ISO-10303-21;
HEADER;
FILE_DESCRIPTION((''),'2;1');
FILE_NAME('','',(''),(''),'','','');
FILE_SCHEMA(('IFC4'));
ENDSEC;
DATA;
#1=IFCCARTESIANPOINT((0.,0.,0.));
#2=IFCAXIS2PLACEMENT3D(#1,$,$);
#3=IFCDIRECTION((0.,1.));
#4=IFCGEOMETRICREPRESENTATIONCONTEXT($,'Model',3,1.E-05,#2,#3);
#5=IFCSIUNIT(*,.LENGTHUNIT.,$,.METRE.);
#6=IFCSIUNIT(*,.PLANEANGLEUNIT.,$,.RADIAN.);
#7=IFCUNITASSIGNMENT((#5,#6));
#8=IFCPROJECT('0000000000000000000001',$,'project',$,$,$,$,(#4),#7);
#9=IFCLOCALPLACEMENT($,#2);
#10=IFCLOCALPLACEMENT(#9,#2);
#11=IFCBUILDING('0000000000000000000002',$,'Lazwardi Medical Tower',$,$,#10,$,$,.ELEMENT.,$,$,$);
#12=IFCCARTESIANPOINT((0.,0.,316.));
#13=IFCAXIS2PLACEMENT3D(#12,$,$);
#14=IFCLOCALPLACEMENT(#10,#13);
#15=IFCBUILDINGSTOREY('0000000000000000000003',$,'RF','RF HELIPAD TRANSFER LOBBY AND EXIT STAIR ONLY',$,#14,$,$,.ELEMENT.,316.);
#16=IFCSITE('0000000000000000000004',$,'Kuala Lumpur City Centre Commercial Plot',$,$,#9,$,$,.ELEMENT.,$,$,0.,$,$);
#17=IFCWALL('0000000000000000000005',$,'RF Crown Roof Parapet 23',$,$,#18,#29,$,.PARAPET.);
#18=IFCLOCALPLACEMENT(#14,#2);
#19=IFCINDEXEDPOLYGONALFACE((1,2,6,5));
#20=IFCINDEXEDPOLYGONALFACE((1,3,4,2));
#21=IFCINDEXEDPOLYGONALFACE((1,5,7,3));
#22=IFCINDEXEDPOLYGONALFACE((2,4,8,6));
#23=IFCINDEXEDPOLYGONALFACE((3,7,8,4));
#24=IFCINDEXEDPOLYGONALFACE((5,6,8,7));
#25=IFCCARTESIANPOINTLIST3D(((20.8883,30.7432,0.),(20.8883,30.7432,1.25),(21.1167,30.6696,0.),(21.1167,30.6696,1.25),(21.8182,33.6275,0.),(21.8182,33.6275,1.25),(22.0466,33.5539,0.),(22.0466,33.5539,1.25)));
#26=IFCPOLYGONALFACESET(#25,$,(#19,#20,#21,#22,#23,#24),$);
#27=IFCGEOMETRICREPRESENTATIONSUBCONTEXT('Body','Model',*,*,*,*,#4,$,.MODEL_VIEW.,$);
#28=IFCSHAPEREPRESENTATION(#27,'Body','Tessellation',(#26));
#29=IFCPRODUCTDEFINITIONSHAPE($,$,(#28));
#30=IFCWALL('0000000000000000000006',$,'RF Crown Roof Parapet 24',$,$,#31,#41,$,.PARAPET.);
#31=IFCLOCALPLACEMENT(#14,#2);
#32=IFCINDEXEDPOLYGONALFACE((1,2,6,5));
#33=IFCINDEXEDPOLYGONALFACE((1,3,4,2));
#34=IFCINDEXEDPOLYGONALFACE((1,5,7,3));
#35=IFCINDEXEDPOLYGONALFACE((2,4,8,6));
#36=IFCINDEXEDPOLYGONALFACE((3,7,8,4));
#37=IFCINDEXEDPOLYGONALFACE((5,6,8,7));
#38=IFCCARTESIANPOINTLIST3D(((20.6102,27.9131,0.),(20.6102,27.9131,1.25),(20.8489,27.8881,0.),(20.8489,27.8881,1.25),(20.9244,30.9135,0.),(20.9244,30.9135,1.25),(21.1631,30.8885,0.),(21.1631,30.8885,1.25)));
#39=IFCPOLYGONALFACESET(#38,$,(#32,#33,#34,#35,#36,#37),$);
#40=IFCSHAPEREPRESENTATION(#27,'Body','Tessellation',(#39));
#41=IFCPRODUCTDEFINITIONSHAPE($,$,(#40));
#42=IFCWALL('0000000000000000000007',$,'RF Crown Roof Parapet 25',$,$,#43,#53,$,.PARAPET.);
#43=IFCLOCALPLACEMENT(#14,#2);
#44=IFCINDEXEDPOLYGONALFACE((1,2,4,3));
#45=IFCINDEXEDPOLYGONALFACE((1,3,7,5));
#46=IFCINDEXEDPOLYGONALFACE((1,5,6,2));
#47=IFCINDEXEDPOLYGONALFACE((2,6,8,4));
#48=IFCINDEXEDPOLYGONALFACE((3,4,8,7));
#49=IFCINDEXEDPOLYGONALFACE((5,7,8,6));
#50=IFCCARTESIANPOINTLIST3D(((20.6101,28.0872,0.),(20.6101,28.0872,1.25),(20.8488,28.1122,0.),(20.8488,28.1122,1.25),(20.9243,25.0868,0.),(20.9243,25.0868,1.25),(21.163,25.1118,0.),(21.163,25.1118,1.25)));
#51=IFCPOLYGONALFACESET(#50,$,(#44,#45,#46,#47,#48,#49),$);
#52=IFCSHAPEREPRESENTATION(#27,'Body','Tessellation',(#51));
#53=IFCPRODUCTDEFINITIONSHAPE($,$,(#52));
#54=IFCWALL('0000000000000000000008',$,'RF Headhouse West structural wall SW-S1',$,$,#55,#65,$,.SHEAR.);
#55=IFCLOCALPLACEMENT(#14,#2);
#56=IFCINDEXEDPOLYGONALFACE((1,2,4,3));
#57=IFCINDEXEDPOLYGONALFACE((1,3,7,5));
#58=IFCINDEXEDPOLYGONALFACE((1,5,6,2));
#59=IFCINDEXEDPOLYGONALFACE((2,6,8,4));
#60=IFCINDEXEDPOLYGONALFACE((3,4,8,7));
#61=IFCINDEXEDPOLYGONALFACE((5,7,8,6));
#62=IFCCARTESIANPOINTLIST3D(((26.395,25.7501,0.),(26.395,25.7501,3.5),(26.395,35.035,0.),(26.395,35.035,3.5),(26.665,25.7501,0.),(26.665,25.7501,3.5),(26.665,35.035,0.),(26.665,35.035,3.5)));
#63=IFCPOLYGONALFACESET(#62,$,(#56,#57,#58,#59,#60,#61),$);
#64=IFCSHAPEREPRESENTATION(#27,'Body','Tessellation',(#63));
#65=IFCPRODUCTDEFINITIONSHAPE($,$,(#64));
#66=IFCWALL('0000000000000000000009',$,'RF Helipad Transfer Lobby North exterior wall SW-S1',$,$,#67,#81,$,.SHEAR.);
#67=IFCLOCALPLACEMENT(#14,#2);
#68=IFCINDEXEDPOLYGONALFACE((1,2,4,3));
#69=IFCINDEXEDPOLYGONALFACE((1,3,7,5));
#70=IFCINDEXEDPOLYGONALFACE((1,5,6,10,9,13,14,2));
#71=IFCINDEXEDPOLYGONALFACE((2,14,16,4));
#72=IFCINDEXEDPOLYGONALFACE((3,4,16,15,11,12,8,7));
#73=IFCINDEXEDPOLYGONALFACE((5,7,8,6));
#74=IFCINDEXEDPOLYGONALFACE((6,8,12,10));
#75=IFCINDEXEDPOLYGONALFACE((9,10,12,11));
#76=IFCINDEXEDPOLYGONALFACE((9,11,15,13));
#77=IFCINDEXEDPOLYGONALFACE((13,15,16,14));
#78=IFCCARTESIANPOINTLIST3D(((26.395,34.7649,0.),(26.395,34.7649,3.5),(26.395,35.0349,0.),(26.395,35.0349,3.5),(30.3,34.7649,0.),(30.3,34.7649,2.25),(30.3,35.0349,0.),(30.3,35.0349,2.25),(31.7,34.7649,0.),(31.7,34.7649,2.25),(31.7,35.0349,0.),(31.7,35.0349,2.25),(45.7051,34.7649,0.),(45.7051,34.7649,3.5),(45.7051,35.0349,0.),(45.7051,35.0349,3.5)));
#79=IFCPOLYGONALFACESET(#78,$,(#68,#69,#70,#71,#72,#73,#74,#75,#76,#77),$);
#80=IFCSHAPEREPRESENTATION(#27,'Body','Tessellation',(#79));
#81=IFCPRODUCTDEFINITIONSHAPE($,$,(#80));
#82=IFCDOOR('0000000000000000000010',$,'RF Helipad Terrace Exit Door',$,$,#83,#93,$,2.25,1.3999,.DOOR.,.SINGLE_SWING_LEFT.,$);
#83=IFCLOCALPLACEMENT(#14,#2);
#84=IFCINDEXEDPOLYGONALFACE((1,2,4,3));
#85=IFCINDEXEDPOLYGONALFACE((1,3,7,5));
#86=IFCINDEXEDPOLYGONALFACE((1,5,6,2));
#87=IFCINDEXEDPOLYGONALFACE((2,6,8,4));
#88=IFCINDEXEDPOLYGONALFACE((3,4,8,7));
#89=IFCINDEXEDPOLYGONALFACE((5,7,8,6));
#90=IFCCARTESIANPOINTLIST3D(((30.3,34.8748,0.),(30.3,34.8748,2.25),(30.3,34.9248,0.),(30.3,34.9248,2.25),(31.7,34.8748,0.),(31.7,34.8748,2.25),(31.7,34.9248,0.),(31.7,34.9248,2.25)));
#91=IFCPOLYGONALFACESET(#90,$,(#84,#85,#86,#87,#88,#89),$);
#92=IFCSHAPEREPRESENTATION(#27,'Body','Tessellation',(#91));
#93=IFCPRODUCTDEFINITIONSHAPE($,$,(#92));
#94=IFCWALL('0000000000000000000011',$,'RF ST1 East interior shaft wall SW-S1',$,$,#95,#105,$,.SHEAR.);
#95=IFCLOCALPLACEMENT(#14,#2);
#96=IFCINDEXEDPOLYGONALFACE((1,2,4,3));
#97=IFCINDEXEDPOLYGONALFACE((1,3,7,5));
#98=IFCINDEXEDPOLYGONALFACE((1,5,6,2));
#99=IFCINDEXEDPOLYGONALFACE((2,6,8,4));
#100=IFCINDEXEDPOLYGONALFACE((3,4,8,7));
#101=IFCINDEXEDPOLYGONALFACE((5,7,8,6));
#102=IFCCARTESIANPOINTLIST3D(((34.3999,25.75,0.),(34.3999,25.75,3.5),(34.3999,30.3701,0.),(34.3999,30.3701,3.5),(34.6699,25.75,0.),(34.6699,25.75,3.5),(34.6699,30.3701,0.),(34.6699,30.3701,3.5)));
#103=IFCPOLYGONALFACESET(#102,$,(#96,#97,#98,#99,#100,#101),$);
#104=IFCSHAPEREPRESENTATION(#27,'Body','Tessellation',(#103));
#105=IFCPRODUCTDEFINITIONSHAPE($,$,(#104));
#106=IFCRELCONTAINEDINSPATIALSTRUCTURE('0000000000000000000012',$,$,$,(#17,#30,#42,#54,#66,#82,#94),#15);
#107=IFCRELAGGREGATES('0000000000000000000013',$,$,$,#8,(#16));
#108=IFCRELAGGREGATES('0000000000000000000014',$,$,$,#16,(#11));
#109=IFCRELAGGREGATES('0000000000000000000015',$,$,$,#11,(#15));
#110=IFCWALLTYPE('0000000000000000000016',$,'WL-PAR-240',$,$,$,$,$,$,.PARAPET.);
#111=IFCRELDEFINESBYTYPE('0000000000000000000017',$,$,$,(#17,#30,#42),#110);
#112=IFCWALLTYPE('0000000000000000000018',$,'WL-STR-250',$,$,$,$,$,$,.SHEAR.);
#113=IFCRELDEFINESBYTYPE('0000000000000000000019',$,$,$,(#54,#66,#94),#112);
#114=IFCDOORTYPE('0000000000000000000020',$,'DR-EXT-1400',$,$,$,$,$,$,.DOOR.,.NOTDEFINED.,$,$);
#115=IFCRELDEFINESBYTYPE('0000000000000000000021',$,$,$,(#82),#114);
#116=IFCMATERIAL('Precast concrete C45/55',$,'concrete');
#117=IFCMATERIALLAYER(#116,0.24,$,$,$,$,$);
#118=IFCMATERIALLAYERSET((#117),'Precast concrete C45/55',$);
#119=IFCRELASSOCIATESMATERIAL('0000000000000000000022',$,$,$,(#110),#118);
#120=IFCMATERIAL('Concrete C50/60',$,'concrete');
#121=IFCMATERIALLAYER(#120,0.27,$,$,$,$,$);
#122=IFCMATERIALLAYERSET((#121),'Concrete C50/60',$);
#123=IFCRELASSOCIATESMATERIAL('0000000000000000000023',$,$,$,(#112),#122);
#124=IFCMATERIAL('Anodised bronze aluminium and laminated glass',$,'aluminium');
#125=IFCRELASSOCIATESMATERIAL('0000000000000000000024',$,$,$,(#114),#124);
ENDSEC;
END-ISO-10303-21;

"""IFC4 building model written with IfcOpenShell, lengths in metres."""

from ifc_helpers import new_model, si_unit, direction, frame, frame_2d, origin, place, context, subcontext, project, spatial, rectangle, extrude, material, layer, layer_set, type_object, element, fill, save


model = new_model("IFC4")

# Units and contexts
model_context = context("Model", 3, precision=1e-05, world=origin(), true_north=direction((0.0, 1.0)))
body_context = subcontext(model_context, "Body", "Model", "MODEL_VIEW")
ifc_project = project(units=[si_unit("LENGTHUNIT", "METRE"), si_unit("PLANEANGLEUNIT", "RADIAN")], contexts=[model_context])

# Site, building, storey
site_placement = place(None, origin())
site = spatial("IfcSite", under=ifc_project, at=site_placement, Name="Kuala Lumpur City Centre Commercial Plot", CompositionType="ELEMENT", RefElevation=0.0)
building_placement = place(site_placement, origin())
building = spatial("IfcBuilding", under=site, at=building_placement, Name="Lazwardi Medical Tower", CompositionType="ELEMENT")
storey_placement = place(building_placement, frame((0.0, 0.0, 316.0)))
storey = spatial("IfcBuildingStorey", under=building, at=storey_placement, Name="RF", Description="RF HELIPAD TRANSFER LOBBY AND EXIT STAIR ONLY", CompositionType="ELEMENT", Elevation=316.0)

# Walls
ifc_material_1 = material(Name="Precast concrete C45/55", Category="concrete")
ifc_layer_1 = layer(ifc_material_1, 0.24)
ifc_layer_set_1 = layer_set([ifc_layer_1], Name="Precast concrete C45/55")
wall_type_1 = type_object("IfcWallType", Name="WL-PAR-240", PredefinedType="PARAPET", material=ifc_layer_set_1)
wall_1_placement = place(storey_placement, frame((21.9324, 33.5906, 0.0), z_axis=(0.0, 0.0, 1.0), x_axis=(-0.306859, -0.951755, 0.0)))
element("IfcWall", 1, at=wall_1_placement, inside=storey, type_object=wall_type_1, Name="RF Crown Roof Parapet 23", PredefinedType="PARAPET", context=body_context, shape_type="SweptSolid", body=[
    extrude(rectangle(XDim=3.0305, YDim=0.24, at=frame_2d((1.5151, 0.0))), origin(), (0.0, 0.0, 1.0), 1.25),
])
for number, where, z_axis, x_axis, name in (
    (2, (21.0437, 30.9009, 0.0), (0.0, 0.0, 1.0), (-0.10415, -0.994562, 0.0), "RF Crown Roof Parapet 24"),
    (3, (20.7295, 28.0996, 0.0), (0.0, 0.0, 1.0), (0.10415, -0.994562, 0.0), "RF Crown Roof Parapet 25"),
):
    element("IfcWall", number, at=place(storey_placement, frame(where, z_axis=z_axis, x_axis=x_axis)), inside=storey, type_object=wall_type_1, Name=name, PredefinedType="PARAPET", context=body_context, shape_type="SweptSolid", body=[
        extrude(rectangle(XDim=3.0168, YDim=0.24, at=frame_2d((1.5083, 0.0))), origin(), (0.0, 0.0, 1.0), 1.25),
    ])
ifc_material_2 = material(Name="Concrete C50/60", Category="concrete")
ifc_layer_2 = layer(ifc_material_2, 0.27)
ifc_layer_set_2 = layer_set([ifc_layer_2], Name="Concrete C50/60")
wall_type_2 = type_object("IfcWallType", Name="WL-STR-250", PredefinedType="SHEAR", material=ifc_layer_set_2)
wall_2_placement = place(storey_placement, frame((26.53, 25.75, 0.0), z_axis=(0.0, 0.0, 1.0), x_axis=(0.0, 1.0, 0.0)))
element("IfcWall", 4, at=wall_2_placement, inside=storey, type_object=wall_type_2, Name="RF Headhouse West structural wall SW-S1", PredefinedType="SHEAR", context=body_context, shape_type="SweptSolid", body=[
    extrude(rectangle(XDim=9.2849, YDim=0.27, at=frame_2d((4.6426, 0.0))), origin(), (0.0, 0.0, 1.0), 3.5),
])

# Wall, opening, door
wall_3_placement = place(storey_placement, frame((26.395, 34.8999, 0.0), z_axis=(0.0, 0.0, 1.0), x_axis=(1.0, 0.0, 0.0)))
wall_3 = element("IfcWall", 5, at=wall_3_placement, inside=storey, type_object=wall_type_2, Name="RF Helipad Transfer Lobby North exterior wall SW-S1", PredefinedType="SHEAR", context=body_context, shape_type="SweptSolid", body=[
    extrude(rectangle(XDim=19.3101, YDim=0.27, at=frame_2d((9.655, 0.0))), origin(), (0.0, 0.0, 1.0), 3.5),
])
opening_1_placement = place(wall_3_placement, frame((3.905, 0.0, 0.0)))
opening_1 = element("IfcOpeningElement", 6, at=opening_1_placement, cuts=wall_3, PredefinedType="OPENING", context=body_context, shape_type="SweptSolid", body=[
    extrude(rectangle(XDim=1.3999, YDim=2.25, at=frame_2d((0.7, 1.125))), frame((0.0, 0.145, 0.0), z_axis=(0.0, -1.0, 0.0), x_axis=(1.0, 0.0, 0.0)), (0.0, 0.0, 1.0), 0.29),
])
ifc_material_3 = material(Name="Anodised bronze aluminium and laminated glass", Category="aluminium")
door_type_1 = type_object("IfcDoorType", Name="DR-EXT-1400", OperationType="NOTDEFINED", PredefinedType="DOOR", material=ifc_material_3)
door_1_placement = place(opening_1_placement, origin())
door_1 = element("IfcDoor", 7, at=door_1_placement, inside=storey, type_object=door_type_1, Name="RF Helipad Terrace Exit Door", OperationType="SINGLE_SWING_LEFT", OverallHeight=2.25, OverallWidth=1.3999, PredefinedType="DOOR", context=body_context, shape_type="SweptSolid", body=[
    extrude(rectangle(XDim=1.3999, YDim=2.25, at=frame_2d((0.7, 1.125))), frame((0.0, 0.0249, 0.0), z_axis=(0.0, -1.0, 0.0), x_axis=(1.0, 0.0, 0.0)), (0.0, 0.0, 1.0), 0.05),
])
fill(opening_1, door_1)

# Wall
wall_4_placement = place(storey_placement, frame((34.5349, 30.3701, 0.0), z_axis=(0.0, 0.0, 1.0), x_axis=(0.0, -1.0, 0.0)))
element("IfcWall", 8, at=wall_4_placement, inside=storey, type_object=wall_type_2, Name="RF ST1 East interior shaft wall SW-S1", PredefinedType="SHEAR", context=body_context, shape_type="SweptSolid", body=[
    extrude(rectangle(XDim=4.6201, YDim=0.27, at=frame_2d((2.3101, 0.0))), origin(), (0.0, 0.0, 1.0), 3.5),
])

save(model, "model.ifc")
